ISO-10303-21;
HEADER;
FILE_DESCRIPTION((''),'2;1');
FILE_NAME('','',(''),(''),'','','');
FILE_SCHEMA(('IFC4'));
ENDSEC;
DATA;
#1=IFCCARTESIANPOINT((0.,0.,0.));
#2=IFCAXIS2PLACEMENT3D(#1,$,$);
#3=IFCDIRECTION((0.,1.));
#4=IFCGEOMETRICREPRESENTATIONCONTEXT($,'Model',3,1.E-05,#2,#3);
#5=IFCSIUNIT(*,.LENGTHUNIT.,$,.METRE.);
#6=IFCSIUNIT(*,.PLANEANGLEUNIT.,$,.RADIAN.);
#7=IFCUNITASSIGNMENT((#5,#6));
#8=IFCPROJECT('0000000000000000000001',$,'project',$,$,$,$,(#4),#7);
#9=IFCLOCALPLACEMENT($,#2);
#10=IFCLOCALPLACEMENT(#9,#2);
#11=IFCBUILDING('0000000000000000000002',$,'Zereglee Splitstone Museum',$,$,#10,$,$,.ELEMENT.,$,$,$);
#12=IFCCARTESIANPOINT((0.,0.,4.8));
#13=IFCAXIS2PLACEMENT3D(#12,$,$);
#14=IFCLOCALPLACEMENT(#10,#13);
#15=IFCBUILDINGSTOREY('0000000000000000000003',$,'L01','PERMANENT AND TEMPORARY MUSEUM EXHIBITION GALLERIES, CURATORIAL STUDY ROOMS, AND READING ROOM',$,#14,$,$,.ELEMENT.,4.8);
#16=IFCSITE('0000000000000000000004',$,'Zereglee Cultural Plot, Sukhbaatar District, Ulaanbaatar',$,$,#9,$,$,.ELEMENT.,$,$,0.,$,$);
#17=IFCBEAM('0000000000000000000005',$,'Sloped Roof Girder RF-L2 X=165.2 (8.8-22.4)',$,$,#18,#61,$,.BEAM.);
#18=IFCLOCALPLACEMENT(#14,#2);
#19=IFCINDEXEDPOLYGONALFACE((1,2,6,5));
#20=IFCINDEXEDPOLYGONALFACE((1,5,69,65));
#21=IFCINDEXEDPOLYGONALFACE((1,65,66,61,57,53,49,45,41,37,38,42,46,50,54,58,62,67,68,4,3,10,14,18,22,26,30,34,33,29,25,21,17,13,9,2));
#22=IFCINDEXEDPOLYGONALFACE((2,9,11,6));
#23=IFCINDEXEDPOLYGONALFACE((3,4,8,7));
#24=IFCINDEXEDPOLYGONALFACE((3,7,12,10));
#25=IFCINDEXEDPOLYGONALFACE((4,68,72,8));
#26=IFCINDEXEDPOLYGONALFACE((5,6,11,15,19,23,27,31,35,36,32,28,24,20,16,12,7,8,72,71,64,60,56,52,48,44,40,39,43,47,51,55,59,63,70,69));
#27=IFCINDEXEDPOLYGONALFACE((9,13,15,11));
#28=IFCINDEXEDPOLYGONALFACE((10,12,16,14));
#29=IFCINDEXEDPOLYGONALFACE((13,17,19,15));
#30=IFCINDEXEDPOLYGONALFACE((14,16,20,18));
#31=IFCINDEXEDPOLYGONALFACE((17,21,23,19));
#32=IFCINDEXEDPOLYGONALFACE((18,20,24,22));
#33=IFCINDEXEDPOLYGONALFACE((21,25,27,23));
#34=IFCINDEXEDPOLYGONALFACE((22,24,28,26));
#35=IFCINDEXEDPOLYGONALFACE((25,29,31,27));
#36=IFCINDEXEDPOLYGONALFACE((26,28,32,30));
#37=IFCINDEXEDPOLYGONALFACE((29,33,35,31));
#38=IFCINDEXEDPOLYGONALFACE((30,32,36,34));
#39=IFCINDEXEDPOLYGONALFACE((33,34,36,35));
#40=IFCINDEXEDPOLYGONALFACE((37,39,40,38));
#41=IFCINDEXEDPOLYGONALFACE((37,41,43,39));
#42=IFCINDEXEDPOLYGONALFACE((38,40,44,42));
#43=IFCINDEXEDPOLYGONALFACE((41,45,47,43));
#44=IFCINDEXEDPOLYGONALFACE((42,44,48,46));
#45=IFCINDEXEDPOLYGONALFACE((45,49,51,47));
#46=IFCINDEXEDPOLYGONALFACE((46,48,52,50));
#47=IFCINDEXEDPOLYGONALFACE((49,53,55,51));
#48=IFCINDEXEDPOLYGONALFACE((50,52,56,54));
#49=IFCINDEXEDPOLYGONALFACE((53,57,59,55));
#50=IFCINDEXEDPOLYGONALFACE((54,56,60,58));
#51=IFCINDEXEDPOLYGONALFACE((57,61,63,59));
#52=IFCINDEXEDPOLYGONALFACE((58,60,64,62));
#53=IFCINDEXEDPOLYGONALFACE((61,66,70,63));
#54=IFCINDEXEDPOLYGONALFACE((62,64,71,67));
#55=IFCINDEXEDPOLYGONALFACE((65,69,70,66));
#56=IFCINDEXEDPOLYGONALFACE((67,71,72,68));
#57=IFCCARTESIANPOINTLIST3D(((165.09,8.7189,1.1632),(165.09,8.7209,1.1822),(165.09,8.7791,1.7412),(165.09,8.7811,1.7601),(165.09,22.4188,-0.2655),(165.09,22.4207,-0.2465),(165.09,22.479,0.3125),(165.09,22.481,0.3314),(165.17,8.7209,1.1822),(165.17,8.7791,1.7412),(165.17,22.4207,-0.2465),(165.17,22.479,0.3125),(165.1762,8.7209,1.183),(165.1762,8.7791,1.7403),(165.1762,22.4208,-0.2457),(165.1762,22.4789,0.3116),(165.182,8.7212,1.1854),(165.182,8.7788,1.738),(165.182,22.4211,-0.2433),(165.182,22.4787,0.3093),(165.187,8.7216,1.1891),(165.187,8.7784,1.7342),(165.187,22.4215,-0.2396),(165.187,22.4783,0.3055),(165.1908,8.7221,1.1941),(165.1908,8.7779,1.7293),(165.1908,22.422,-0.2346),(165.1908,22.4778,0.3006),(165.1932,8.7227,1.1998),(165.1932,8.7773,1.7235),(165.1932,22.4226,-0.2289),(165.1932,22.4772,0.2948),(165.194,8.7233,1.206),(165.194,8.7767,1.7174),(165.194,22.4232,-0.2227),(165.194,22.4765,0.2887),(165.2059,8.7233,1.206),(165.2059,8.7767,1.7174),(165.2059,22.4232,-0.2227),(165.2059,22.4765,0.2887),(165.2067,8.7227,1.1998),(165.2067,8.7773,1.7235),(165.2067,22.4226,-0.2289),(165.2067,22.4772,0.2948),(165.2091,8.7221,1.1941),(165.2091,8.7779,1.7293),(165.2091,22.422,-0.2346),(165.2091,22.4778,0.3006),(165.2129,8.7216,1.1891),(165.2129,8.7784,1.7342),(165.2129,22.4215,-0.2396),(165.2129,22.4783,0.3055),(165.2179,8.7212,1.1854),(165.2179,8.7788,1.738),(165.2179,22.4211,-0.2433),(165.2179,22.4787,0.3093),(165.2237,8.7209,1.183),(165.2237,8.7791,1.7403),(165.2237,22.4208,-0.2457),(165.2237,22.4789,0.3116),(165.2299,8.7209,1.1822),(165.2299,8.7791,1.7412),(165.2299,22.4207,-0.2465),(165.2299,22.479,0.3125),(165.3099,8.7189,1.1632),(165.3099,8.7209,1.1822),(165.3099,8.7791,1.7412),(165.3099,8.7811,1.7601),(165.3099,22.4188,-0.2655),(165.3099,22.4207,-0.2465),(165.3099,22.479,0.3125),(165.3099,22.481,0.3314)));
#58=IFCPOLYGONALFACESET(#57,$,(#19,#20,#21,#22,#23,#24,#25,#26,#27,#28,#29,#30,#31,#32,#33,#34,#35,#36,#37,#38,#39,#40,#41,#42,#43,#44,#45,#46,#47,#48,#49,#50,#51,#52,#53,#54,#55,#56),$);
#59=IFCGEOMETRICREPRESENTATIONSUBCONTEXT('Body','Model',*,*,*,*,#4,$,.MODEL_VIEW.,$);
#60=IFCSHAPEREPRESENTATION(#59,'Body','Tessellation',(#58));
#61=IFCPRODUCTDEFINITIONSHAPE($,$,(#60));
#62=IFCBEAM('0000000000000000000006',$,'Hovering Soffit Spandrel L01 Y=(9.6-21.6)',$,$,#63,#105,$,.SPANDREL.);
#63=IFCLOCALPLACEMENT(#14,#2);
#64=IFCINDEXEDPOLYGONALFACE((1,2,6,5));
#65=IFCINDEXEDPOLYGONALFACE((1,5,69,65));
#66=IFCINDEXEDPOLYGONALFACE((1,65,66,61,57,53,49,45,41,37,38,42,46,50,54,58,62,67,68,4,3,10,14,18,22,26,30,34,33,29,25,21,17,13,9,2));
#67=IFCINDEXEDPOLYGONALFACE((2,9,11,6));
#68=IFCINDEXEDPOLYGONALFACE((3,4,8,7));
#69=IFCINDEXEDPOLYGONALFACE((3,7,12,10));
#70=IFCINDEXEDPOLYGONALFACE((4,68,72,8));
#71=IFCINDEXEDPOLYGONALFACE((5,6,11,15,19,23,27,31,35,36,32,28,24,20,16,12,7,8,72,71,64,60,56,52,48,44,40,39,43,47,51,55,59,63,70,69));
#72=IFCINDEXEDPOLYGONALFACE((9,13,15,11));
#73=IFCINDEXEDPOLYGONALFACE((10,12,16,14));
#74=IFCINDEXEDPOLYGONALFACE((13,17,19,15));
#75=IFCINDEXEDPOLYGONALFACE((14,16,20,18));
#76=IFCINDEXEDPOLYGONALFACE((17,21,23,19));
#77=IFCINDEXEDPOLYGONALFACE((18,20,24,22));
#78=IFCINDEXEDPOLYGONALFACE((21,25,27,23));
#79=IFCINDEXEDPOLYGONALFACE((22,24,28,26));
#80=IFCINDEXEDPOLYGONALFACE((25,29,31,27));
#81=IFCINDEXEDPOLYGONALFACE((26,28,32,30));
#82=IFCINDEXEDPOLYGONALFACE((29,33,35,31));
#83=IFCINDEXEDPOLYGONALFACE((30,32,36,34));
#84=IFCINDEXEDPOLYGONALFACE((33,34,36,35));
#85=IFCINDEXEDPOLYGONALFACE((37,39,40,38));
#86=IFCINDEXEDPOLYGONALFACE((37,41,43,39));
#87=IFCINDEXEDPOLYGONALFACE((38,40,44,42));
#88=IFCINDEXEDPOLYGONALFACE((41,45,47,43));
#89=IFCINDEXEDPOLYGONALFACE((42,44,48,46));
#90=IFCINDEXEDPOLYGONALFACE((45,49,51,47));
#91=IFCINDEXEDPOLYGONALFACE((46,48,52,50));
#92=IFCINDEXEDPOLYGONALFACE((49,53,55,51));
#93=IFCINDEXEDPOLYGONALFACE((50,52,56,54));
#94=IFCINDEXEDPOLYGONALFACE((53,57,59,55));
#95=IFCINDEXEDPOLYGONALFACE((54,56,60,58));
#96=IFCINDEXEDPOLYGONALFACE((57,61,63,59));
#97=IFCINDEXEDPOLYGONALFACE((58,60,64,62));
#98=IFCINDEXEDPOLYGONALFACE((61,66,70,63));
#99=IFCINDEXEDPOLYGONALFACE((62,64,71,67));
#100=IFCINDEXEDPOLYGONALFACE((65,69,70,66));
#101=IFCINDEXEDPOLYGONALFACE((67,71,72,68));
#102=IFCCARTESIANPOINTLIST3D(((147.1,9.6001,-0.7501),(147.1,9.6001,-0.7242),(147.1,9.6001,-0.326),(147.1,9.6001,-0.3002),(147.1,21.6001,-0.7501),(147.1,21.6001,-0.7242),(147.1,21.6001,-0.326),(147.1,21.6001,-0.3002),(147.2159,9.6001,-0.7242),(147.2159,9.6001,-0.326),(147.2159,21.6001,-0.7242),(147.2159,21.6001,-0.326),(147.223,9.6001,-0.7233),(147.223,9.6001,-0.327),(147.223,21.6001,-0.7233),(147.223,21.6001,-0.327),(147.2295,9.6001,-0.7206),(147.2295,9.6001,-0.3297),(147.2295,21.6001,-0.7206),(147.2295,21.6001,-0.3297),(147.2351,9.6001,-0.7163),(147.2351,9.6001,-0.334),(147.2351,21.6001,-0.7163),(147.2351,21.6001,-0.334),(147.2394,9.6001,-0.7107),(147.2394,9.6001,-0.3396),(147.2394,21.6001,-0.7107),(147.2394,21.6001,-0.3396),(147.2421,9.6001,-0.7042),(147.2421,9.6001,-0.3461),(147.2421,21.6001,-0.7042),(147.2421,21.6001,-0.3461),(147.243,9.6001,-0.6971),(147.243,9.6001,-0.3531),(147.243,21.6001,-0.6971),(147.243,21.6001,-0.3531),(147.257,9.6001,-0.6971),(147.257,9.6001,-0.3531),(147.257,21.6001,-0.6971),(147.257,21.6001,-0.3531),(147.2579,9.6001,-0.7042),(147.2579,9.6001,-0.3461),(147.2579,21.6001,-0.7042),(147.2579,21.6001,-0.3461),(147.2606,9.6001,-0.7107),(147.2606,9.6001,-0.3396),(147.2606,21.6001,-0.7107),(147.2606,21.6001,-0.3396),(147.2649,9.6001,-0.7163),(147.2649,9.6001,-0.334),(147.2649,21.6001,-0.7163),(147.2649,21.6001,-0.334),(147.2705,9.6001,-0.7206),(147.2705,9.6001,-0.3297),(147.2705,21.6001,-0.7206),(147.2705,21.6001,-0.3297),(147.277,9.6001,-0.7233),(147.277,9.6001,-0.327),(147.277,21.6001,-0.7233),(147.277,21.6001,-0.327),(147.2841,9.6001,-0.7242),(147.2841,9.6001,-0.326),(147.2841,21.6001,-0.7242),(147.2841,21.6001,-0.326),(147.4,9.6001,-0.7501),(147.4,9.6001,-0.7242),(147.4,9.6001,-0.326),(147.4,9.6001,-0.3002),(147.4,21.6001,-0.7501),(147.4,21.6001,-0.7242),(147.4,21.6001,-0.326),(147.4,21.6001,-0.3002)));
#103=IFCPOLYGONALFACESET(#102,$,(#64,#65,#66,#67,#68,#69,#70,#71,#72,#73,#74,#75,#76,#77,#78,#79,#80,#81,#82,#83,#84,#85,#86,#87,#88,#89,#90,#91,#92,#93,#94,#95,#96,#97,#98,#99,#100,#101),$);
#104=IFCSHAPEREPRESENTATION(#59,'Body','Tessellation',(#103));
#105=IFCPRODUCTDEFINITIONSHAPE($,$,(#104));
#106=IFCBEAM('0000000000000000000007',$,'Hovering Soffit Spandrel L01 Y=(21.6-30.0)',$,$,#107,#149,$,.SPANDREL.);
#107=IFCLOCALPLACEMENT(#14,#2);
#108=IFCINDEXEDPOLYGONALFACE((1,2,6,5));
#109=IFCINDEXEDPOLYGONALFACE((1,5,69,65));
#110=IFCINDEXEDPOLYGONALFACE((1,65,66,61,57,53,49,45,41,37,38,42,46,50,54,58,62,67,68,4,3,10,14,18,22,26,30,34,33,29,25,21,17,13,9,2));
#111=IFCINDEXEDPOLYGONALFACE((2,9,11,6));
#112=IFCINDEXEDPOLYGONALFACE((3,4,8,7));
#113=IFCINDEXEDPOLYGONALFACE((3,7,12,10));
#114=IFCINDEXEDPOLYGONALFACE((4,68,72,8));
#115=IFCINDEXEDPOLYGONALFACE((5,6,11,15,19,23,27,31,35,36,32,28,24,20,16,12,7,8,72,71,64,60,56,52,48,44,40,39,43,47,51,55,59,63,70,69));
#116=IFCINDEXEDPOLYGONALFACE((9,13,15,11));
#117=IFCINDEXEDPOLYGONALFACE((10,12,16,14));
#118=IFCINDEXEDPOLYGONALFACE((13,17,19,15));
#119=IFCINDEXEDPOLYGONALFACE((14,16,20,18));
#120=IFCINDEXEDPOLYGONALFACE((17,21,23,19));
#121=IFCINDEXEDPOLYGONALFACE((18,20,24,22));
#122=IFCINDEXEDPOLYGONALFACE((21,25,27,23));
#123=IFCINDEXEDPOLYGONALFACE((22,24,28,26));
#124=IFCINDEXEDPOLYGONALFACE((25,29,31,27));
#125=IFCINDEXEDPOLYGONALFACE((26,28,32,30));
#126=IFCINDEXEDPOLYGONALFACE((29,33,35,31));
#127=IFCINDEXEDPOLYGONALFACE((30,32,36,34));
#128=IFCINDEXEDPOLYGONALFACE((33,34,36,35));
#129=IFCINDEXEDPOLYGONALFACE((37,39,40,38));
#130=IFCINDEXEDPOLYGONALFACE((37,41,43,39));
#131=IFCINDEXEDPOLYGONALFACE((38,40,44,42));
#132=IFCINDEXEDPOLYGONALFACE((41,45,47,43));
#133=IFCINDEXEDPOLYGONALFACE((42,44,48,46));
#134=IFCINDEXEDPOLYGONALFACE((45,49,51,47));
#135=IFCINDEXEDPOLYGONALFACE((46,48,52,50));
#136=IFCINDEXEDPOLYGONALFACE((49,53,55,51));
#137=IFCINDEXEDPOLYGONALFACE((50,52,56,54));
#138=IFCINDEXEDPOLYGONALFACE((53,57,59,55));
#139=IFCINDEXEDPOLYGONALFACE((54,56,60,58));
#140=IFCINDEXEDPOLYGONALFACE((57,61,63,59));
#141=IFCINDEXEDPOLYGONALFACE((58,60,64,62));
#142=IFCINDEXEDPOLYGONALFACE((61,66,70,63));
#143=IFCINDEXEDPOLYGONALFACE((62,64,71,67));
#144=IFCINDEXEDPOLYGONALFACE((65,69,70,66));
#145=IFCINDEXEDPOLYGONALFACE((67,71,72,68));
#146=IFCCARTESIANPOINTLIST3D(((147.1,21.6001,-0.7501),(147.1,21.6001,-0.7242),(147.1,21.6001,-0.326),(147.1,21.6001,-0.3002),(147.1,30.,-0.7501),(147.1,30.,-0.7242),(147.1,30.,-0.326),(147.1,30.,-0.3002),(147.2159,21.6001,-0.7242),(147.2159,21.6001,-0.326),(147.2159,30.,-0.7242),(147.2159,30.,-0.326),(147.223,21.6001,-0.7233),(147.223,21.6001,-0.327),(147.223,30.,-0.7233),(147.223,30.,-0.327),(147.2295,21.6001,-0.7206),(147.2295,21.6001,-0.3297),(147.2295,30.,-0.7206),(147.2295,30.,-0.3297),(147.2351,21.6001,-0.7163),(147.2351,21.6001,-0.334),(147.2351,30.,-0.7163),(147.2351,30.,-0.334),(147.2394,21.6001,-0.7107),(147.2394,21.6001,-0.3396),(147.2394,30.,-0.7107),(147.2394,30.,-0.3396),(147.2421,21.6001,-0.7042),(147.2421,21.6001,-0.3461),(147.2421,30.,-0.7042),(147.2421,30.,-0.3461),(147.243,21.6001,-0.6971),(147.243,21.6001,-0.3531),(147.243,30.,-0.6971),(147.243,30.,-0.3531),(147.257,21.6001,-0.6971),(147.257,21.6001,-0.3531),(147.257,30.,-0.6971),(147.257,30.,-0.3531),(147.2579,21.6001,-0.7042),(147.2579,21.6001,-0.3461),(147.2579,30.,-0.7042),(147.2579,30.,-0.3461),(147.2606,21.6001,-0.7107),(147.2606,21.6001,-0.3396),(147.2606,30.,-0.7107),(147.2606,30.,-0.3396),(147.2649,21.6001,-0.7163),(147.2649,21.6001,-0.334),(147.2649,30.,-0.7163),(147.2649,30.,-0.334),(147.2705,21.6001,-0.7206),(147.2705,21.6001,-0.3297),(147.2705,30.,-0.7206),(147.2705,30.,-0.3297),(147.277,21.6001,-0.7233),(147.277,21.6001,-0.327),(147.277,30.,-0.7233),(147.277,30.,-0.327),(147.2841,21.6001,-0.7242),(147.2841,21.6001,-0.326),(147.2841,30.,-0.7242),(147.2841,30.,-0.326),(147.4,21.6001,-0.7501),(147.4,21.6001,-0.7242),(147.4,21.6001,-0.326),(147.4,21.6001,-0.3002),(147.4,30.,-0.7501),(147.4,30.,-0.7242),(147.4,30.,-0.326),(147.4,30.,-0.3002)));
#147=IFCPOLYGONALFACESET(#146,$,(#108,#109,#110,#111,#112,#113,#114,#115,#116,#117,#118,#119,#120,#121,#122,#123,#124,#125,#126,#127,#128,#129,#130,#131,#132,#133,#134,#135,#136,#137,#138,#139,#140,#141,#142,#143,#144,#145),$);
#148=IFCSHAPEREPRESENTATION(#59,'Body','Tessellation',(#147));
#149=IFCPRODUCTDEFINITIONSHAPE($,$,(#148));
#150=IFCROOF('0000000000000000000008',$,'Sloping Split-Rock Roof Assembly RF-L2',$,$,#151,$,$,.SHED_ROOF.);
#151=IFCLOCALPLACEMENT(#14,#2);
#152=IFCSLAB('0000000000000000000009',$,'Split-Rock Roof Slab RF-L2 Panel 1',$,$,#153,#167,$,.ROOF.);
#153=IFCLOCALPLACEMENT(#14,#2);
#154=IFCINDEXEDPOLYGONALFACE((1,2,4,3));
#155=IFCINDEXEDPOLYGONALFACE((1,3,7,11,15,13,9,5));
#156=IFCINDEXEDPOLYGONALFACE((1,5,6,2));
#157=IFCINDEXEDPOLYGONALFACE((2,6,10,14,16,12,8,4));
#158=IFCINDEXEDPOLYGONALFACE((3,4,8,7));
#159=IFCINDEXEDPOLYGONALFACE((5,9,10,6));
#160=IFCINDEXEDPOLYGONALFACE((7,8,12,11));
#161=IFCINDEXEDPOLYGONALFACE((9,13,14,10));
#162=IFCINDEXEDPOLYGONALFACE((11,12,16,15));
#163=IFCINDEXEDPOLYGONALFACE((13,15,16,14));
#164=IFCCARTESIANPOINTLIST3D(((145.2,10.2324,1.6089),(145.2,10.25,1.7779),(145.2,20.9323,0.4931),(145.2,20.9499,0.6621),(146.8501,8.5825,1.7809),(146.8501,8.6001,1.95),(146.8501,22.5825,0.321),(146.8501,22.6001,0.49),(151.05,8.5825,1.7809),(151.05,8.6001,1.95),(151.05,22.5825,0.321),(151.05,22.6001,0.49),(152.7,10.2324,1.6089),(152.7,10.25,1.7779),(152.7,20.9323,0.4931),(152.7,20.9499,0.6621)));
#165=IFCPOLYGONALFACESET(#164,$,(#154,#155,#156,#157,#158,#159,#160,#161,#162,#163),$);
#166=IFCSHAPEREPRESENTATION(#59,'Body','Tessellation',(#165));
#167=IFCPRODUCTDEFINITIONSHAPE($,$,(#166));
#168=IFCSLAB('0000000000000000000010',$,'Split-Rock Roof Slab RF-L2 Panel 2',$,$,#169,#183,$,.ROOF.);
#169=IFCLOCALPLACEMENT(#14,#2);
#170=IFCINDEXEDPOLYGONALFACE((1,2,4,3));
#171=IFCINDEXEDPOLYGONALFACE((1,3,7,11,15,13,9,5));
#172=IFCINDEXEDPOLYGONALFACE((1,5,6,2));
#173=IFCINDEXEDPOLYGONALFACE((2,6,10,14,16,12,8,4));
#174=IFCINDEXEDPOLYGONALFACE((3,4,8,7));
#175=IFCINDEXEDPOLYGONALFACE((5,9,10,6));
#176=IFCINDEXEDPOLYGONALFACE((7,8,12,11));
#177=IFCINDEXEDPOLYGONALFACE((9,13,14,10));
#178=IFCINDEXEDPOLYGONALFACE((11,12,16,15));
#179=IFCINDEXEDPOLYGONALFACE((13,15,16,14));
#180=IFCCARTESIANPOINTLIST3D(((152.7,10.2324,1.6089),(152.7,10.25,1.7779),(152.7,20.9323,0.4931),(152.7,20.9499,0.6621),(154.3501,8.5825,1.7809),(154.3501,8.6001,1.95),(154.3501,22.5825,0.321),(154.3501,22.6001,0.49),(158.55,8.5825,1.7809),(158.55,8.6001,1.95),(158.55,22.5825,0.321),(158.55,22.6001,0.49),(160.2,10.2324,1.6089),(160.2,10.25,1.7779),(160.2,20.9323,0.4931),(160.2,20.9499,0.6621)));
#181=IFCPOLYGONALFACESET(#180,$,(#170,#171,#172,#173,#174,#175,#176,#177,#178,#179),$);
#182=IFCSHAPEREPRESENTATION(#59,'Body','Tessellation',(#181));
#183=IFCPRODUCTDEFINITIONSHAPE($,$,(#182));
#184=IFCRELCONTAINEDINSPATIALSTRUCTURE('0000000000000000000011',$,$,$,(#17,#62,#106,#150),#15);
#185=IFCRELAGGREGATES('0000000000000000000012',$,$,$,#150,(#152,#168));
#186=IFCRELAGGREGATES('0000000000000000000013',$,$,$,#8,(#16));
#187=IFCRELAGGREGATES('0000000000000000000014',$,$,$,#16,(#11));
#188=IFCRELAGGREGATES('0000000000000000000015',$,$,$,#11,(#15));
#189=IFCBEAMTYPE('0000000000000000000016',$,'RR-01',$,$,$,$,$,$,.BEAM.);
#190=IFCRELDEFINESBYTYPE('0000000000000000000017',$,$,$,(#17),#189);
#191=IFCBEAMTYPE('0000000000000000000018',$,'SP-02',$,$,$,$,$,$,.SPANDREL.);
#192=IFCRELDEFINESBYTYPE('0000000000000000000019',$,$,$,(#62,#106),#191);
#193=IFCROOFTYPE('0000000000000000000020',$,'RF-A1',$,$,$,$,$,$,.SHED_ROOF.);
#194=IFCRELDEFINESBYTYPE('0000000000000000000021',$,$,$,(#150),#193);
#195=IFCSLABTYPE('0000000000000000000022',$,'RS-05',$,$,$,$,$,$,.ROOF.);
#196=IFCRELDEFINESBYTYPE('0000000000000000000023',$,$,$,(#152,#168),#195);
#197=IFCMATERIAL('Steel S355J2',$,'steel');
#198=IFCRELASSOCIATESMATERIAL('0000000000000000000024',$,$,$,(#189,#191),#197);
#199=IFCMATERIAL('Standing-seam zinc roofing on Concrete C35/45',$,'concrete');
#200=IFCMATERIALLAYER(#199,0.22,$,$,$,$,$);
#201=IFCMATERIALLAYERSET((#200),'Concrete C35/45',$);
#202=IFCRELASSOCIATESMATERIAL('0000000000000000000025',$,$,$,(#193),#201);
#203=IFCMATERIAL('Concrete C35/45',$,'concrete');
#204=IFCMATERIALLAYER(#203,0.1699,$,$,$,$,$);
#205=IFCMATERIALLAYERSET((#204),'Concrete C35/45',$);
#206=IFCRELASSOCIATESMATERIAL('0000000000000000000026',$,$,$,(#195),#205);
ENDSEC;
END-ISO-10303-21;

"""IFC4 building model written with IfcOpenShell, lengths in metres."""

from ifc_helpers import new_model, si_unit, direction, frame, origin, origin_2d, place, context, subcontext, project, spatial, polyline, i_section, outline, extrude, material, layer, layer_set, material_profile, profile_set, type_object, element, aggregate, save


model = new_model("IFC4")

# Units and contexts
model_context = context("Model", 3, precision=1e-05, world=origin(), true_north=direction((0.0, 1.0)))
body_context = subcontext(model_context, "Body", "Model", "MODEL_VIEW")
ifc_project = project(units=[si_unit("LENGTHUNIT", "METRE"), si_unit("PLANEANGLEUNIT", "RADIAN")], contexts=[model_context])

# Site, building, storey
site_placement = place(None, origin())
site = spatial("IfcSite", under=ifc_project, at=site_placement, Name="Zereglee Cultural Plot, Sukhbaatar District, Ulaanbaatar", CompositionType="ELEMENT", RefElevation=0.0)
building_placement = place(site_placement, origin())
building = spatial("IfcBuilding", under=site, at=building_placement, Name="Zereglee Splitstone Museum", CompositionType="ELEMENT")
storey_placement = place(building_placement, frame((0.0, 0.0, 4.8)))
storey = spatial("IfcBuildingStorey", under=building, at=storey_placement, Name="L01", Description="PERMANENT AND TEMPORARY MUSEUM EXHIBITION GALLERIES, CURATORIAL STUDY ROOMS, AND READING ROOM", CompositionType="ELEMENT", Elevation=4.8)

# Shared definitions
ifc_material_1 = material(Name="Steel S355J2", Category="steel")

# Beams
ifc_material_profile_1 = material_profile(ifc_material_1, i_section(OverallWidth=0.22, OverallDepth=0.6001, WebThickness=0.012, FlangeThickness=0.019, FilletRadius=0.0239, at=origin_2d()), Name="IPE 600")
ifc_profile_set_1 = profile_set([ifc_material_profile_1], Name="Steel S355J2")
beam_type_1 = type_object("IfcBeamType", Name="RR-01", PredefinedType="BEAM", material=ifc_profile_set_1)
for number, where, z_axis, x_axis, name in (
    (1, (165.2, 8.75, 1.4617), (0.0, 0.994606, -0.103723), (-1.0, 0.0, 0.0), "Sloped Roof Girder RF-L2 X=165.2 (8.8-22.4)"),
):
    element("IfcBeam", number, at=place(storey_placement, frame(where, z_axis=z_axis, x_axis=x_axis)), inside=storey, type_object=beam_type_1, Name=name, PredefinedType="BEAM", context=body_context, shape_type="SweptSolid", body=[
        extrude(i_section(OverallWidth=0.22, OverallDepth=0.6001, WebThickness=0.012, FlangeThickness=0.019, FilletRadius=0.0239, at=origin_2d()), origin(), (0.0, 0.0, 1.0), 13.7742),
    ])
ifc_material_profile_2 = material_profile(ifc_material_1, i_section(OverallWidth=0.3, OverallDepth=0.45, WebThickness=0.0139, FlangeThickness=0.0259, FilletRadius=0.0271, at=origin_2d()), Name="HE 450 B")
ifc_profile_set_2 = profile_set([ifc_material_profile_2], Name="Steel S355J2")
beam_type_2 = type_object("IfcBeamType", Name="SP-02", PredefinedType="SPANDREL", material=ifc_profile_set_2)
beam_1_placement = place(storey_placement, frame((147.25, 9.6001, -0.5251), z_axis=(0.0, 1.0, 0.0), x_axis=(-1.0, 0.0, 0.0)))
element("IfcBeam", 2, at=beam_1_placement, inside=storey, type_object=beam_type_2, Name="Hovering Soffit Spandrel L01 Y=(9.6-21.6)", PredefinedType="SPANDREL", context=body_context, shape_type="SweptSolid", body=[
    extrude(i_section(OverallWidth=0.3, OverallDepth=0.45, WebThickness=0.0139, FlangeThickness=0.0259, FilletRadius=0.0271, at=origin_2d()), origin(), (0.0, 0.0, 1.0), 12.0),
])
beam_2_placement = place(storey_placement, frame((147.25, 21.6001, -0.5251), z_axis=(0.0, 1.0, 0.0), x_axis=(-1.0, 0.0, 0.0)))
element("IfcBeam", 3, at=beam_2_placement, inside=storey, type_object=beam_type_2, Name="Hovering Soffit Spandrel L01 Y=(21.6-30.0)", PredefinedType="SPANDREL", context=body_context, shape_type="SweptSolid", body=[
    extrude(i_section(OverallWidth=0.3, OverallDepth=0.45, WebThickness=0.0139, FlangeThickness=0.0259, FilletRadius=0.0271, at=origin_2d()), origin(), (0.0, 0.0, 1.0), 8.3999),
])

# Roof, slabs
ifc_material_2 = material(Name="Standing-seam zinc roofing on Concrete C35/45", Category="concrete")
ifc_layer_1 = layer(ifc_material_2, 0.22)
ifc_layer_set_1 = layer_set([ifc_layer_1], Name="Concrete C35/45")
roof_type = type_object("IfcRoofType", Name="RF-A1", PredefinedType="SHED_ROOF", material=ifc_layer_set_1)
roof_placement = place(storey_placement, origin())
roof = element("IfcRoof", 4, at=roof_placement, inside=storey, type_object=roof_type, Name="Sloping Split-Rock Roof Assembly RF-L2", PredefinedType="SHED_ROOF")
ifc_material_3 = material(Name="Concrete C35/45", Category="concrete")
ifc_layer_2 = layer(ifc_material_3, 0.1699)
ifc_layer_set_2 = layer_set([ifc_layer_2], Name="Concrete C35/45")
slab_type = type_object("IfcSlabType", Name="RS-05", PredefinedType="ROOF", material=ifc_layer_set_2)
slab_1_placement = place(storey_placement, frame((146.8501, 8.6001, 1.95), z_axis=(0.0, 0.103719, 0.994607), x_axis=(1.0, 0.0, 0.0)))
slab_1 = element("IfcSlab", 5, at=slab_1_placement, type_object=slab_type, Name="Split-Rock Roof Slab RF-L2 Panel 1", PredefinedType="ROOF", context=body_context, shape_type="SweptSolid", body=[
    extrude(outline(polyline([(0.0, 0.0), (4.2, 0.0), (5.8499, 1.6589), (5.8499, 12.4168), (4.2, 14.0759), (0.0, 14.0759), (-1.6501, 12.4168), (-1.6501, 1.6589), (0.0, 0.0)])), origin(), (0.0, 0.0, -1.0), 0.1699),
])
slab_2_placement = place(storey_placement, frame((154.3501, 8.6001, 1.95), z_axis=(0.0, 0.103719, 0.994607), x_axis=(1.0, 0.0, 0.0)))
slab_2 = element("IfcSlab", 6, at=slab_2_placement, type_object=slab_type, Name="Split-Rock Roof Slab RF-L2 Panel 2", PredefinedType="ROOF", context=body_context, shape_type="SweptSolid", body=[
    extrude(outline(polyline([(0.0, 0.0), (4.2, 0.0), (5.8499, 1.6589), (5.8499, 12.4168), (4.2, 14.0759), (0.0, 14.0759), (-1.6501, 12.4168), (-1.6501, 1.6589), (0.0, 0.0)])), origin(), (0.0, 0.0, -1.0), 0.1699),
])
aggregate(roof, [slab_1, slab_2])

save(model, "model.ifc")
